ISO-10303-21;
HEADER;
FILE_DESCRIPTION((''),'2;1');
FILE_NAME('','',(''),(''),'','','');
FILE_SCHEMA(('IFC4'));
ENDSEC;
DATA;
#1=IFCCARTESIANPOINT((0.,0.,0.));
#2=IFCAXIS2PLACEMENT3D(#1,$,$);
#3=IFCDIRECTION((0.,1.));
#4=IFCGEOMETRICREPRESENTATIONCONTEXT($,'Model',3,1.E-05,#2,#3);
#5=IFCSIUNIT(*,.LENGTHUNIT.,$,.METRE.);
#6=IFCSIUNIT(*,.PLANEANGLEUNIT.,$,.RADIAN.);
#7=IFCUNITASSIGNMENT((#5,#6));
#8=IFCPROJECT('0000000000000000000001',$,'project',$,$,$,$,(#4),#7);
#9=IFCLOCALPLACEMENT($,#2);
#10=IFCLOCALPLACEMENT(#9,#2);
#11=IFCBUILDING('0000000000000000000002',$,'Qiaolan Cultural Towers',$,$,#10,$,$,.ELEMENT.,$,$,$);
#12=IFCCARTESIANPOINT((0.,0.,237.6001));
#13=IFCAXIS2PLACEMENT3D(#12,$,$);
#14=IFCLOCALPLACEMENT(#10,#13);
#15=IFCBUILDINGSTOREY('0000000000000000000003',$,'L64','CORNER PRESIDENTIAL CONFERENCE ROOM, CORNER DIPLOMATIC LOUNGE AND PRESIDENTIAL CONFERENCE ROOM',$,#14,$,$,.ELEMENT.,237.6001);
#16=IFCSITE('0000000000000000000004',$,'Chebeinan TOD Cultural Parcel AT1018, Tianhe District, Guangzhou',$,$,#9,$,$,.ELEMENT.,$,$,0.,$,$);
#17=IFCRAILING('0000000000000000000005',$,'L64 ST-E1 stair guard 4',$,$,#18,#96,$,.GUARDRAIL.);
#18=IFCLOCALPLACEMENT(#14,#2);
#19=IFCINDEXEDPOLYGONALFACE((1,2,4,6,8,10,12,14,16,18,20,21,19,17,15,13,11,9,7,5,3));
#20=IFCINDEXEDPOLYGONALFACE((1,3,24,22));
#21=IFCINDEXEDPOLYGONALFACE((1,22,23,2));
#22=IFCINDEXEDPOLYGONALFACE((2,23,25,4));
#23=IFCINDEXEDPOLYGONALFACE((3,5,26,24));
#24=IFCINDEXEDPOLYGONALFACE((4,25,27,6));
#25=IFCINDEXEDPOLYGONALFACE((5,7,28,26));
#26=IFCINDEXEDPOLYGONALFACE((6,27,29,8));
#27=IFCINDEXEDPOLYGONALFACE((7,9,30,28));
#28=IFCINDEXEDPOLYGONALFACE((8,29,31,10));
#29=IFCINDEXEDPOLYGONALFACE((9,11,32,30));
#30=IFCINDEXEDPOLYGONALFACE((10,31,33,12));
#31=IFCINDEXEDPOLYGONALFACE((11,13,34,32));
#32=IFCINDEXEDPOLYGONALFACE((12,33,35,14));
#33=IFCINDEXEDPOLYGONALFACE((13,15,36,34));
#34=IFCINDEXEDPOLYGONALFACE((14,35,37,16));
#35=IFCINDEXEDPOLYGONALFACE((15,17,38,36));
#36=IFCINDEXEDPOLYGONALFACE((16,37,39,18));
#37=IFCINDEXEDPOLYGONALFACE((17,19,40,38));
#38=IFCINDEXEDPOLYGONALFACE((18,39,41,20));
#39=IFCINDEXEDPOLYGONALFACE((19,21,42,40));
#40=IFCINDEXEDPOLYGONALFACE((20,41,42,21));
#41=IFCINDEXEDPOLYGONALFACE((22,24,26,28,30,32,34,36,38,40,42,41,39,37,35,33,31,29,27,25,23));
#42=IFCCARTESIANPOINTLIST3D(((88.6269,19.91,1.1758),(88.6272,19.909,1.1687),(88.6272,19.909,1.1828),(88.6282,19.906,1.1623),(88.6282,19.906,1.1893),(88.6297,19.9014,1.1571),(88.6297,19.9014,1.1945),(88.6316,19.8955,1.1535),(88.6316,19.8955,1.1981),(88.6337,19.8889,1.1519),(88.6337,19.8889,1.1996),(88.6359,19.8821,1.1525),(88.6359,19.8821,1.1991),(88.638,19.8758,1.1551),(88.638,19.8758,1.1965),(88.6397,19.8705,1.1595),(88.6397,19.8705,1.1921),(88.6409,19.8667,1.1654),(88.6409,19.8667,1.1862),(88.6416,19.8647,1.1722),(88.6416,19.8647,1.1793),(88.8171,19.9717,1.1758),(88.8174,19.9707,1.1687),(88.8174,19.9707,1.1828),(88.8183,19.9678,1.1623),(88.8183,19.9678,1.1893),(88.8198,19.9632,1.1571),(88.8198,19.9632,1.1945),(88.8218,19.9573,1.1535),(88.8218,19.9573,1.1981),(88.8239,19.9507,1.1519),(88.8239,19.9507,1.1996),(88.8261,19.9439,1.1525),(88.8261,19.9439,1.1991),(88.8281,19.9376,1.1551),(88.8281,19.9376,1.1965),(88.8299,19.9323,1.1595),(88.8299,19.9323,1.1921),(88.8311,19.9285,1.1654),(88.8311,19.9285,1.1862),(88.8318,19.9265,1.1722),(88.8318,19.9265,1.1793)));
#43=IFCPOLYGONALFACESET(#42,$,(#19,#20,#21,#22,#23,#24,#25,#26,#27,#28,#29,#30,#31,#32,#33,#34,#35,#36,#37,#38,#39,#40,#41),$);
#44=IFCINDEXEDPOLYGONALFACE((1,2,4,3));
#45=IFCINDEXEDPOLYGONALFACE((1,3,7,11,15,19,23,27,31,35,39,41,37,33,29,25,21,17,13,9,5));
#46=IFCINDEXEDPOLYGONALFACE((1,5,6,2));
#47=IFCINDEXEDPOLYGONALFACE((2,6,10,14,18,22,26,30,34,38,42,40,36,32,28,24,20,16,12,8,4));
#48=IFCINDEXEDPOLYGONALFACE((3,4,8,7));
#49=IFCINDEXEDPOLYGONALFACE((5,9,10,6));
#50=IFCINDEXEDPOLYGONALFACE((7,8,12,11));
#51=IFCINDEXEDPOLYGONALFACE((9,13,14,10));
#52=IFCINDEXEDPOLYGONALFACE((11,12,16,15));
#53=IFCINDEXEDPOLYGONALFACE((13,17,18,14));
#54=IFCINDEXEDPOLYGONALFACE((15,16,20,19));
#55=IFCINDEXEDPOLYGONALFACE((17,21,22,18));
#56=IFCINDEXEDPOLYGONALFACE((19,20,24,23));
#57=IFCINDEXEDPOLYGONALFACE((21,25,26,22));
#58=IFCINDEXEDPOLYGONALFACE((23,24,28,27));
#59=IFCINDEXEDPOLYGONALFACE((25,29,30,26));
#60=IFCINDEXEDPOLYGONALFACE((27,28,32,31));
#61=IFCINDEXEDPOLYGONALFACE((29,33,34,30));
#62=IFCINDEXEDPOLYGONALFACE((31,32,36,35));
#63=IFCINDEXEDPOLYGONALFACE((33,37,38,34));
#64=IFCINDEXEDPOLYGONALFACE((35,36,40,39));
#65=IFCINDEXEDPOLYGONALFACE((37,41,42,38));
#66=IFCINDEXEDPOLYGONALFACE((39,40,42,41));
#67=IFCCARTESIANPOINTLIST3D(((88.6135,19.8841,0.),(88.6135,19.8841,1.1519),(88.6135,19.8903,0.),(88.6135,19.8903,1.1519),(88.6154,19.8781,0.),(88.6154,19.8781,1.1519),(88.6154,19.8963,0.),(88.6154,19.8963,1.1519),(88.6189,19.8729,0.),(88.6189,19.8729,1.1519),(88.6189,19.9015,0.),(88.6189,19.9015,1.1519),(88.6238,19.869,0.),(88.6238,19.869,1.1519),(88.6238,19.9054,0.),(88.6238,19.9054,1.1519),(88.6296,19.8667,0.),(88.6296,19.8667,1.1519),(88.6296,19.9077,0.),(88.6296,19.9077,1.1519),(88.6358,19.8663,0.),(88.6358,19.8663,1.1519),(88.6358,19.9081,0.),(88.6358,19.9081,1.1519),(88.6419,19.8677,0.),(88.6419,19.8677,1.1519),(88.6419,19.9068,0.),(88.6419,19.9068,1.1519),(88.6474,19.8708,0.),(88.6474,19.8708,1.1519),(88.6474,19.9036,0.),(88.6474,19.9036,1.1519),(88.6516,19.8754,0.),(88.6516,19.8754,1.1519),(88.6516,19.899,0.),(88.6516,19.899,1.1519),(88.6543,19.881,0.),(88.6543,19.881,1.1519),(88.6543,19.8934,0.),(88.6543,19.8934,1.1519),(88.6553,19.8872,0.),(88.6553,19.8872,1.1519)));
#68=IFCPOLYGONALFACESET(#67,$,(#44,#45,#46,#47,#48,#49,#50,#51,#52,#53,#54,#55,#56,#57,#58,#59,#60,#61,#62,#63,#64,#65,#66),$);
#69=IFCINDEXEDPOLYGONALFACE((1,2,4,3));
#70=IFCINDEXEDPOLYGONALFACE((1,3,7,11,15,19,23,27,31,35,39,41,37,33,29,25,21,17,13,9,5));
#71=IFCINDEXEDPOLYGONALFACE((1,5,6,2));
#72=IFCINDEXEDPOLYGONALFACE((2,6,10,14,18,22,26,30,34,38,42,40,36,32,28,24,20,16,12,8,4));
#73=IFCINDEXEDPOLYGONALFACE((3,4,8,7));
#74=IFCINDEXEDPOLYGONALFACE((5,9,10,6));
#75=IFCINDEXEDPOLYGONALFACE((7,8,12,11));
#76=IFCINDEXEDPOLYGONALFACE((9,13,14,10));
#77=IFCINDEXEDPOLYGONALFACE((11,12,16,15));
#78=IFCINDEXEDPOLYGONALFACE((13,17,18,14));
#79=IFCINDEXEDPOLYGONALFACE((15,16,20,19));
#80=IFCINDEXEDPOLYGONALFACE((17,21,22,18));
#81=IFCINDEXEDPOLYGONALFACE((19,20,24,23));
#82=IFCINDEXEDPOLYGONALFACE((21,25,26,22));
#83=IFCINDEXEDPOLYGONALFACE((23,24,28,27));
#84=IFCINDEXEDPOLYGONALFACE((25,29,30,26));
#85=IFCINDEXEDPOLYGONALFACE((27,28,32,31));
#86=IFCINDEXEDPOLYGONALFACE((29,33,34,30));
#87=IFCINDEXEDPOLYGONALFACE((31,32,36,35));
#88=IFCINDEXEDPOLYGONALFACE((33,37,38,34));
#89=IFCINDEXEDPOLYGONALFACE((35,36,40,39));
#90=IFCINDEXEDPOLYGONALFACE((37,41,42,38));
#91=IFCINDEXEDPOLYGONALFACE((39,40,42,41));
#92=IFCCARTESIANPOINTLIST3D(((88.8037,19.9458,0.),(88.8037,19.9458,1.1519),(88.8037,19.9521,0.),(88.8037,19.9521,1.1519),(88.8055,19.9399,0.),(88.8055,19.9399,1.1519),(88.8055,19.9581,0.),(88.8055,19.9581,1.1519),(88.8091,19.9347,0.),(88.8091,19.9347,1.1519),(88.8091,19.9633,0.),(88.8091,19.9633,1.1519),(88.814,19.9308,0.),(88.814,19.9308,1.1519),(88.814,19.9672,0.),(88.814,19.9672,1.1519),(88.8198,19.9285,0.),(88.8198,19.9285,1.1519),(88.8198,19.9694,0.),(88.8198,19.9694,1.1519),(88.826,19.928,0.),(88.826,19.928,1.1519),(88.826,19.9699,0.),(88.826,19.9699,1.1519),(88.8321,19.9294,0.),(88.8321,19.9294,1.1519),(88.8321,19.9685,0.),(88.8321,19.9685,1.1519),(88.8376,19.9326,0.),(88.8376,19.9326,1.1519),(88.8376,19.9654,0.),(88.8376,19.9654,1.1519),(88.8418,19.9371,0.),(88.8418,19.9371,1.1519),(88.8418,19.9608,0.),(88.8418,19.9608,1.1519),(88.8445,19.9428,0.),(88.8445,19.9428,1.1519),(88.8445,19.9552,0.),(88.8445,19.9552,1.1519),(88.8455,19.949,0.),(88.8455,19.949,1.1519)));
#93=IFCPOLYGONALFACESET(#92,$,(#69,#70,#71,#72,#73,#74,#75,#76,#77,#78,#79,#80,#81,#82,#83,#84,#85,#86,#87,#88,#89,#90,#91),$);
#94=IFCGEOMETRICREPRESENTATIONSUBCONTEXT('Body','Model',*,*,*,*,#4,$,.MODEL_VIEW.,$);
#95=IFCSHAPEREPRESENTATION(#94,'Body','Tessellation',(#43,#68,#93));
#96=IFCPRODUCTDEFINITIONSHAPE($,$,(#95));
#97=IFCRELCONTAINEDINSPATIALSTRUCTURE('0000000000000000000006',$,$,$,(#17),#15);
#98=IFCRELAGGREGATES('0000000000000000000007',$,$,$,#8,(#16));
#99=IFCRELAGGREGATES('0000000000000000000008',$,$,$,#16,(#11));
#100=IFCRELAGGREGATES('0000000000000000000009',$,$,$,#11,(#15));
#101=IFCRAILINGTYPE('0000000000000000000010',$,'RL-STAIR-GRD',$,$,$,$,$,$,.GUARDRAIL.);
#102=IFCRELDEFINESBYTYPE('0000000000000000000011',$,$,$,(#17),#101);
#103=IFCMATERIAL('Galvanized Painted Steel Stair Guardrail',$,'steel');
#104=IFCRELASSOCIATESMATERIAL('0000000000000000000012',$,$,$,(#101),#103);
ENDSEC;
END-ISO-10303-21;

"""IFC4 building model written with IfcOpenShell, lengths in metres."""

from ifc_helpers import new_model, si_unit, direction, frame, origin, origin_2d, place, context, subcontext, project, spatial, circle, extrude, material, type_object, element, save


model = new_model("IFC4")

# Units and contexts
model_context = context("Model", 3, precision=1e-05, world=origin(), true_north=direction((0.0, 1.0)))
body_context = subcontext(model_context, "Body", "Model", "MODEL_VIEW")
ifc_project = project(units=[si_unit("LENGTHUNIT", "METRE"), si_unit("PLANEANGLEUNIT", "RADIAN")], contexts=[model_context])

# Site, building, storey
site_placement = place(None, origin())
site = spatial("IfcSite", under=ifc_project, at=site_placement, Name="Chebeinan TOD Cultural Parcel AT1018, Tianhe District, Guangzhou", CompositionType="ELEMENT", RefElevation=0.0)
building_placement = place(site_placement, origin())
building = spatial("IfcBuilding", under=site, at=building_placement, Name="Qiaolan Cultural Towers", CompositionType="ELEMENT")
storey_placement = place(building_placement, frame((0.0, 0.0, 237.6001)))
storey = spatial("IfcBuildingStorey", under=building, at=storey_placement, Name="L64", Description="CORNER PRESIDENTIAL CONFERENCE ROOM, CORNER DIPLOMATIC LOUNGE AND PRESIDENTIAL CONFERENCE ROOM", CompositionType="ELEMENT", Elevation=237.6001)

# Railing
ifc_material_1 = material(Name="Galvanized Painted Steel Stair Guardrail", Category="steel")
railing_type_1 = type_object("IfcRailingType", Name="RL-STAIR-GRD", PredefinedType="GUARDRAIL", material=ifc_material_1)
railing_1_placement = place(storey_placement, frame((88.6343, 19.8872, 0.0)))
element("IfcRailing", 1, at=railing_1_placement, inside=storey, type_object=railing_type_1, Name="L64 ST-E1 stair guard 4", PredefinedType="GUARDRAIL", context=body_context, shape_type="SweptSolid", body=[
    extrude(circle(Radius=0.0239, at=origin_2d()), frame((0.0, 0.0, 1.1758), z_axis=(0.951097, 0.308893, 0.0), x_axis=(-0.308893, 0.951097, 0.0)), (0.0, 0.0, 1.0), 0.2),
    extrude(circle(Radius=0.021, at=origin_2d()), origin(), (0.0, 0.0, 1.0), 1.1519),
    extrude(circle(Radius=0.021, at=origin_2d()), frame((0.1902, 0.0618, 0.0)), (0.0, 0.0, 1.0), 1.1519),
])

save(model, "model.ifc")
